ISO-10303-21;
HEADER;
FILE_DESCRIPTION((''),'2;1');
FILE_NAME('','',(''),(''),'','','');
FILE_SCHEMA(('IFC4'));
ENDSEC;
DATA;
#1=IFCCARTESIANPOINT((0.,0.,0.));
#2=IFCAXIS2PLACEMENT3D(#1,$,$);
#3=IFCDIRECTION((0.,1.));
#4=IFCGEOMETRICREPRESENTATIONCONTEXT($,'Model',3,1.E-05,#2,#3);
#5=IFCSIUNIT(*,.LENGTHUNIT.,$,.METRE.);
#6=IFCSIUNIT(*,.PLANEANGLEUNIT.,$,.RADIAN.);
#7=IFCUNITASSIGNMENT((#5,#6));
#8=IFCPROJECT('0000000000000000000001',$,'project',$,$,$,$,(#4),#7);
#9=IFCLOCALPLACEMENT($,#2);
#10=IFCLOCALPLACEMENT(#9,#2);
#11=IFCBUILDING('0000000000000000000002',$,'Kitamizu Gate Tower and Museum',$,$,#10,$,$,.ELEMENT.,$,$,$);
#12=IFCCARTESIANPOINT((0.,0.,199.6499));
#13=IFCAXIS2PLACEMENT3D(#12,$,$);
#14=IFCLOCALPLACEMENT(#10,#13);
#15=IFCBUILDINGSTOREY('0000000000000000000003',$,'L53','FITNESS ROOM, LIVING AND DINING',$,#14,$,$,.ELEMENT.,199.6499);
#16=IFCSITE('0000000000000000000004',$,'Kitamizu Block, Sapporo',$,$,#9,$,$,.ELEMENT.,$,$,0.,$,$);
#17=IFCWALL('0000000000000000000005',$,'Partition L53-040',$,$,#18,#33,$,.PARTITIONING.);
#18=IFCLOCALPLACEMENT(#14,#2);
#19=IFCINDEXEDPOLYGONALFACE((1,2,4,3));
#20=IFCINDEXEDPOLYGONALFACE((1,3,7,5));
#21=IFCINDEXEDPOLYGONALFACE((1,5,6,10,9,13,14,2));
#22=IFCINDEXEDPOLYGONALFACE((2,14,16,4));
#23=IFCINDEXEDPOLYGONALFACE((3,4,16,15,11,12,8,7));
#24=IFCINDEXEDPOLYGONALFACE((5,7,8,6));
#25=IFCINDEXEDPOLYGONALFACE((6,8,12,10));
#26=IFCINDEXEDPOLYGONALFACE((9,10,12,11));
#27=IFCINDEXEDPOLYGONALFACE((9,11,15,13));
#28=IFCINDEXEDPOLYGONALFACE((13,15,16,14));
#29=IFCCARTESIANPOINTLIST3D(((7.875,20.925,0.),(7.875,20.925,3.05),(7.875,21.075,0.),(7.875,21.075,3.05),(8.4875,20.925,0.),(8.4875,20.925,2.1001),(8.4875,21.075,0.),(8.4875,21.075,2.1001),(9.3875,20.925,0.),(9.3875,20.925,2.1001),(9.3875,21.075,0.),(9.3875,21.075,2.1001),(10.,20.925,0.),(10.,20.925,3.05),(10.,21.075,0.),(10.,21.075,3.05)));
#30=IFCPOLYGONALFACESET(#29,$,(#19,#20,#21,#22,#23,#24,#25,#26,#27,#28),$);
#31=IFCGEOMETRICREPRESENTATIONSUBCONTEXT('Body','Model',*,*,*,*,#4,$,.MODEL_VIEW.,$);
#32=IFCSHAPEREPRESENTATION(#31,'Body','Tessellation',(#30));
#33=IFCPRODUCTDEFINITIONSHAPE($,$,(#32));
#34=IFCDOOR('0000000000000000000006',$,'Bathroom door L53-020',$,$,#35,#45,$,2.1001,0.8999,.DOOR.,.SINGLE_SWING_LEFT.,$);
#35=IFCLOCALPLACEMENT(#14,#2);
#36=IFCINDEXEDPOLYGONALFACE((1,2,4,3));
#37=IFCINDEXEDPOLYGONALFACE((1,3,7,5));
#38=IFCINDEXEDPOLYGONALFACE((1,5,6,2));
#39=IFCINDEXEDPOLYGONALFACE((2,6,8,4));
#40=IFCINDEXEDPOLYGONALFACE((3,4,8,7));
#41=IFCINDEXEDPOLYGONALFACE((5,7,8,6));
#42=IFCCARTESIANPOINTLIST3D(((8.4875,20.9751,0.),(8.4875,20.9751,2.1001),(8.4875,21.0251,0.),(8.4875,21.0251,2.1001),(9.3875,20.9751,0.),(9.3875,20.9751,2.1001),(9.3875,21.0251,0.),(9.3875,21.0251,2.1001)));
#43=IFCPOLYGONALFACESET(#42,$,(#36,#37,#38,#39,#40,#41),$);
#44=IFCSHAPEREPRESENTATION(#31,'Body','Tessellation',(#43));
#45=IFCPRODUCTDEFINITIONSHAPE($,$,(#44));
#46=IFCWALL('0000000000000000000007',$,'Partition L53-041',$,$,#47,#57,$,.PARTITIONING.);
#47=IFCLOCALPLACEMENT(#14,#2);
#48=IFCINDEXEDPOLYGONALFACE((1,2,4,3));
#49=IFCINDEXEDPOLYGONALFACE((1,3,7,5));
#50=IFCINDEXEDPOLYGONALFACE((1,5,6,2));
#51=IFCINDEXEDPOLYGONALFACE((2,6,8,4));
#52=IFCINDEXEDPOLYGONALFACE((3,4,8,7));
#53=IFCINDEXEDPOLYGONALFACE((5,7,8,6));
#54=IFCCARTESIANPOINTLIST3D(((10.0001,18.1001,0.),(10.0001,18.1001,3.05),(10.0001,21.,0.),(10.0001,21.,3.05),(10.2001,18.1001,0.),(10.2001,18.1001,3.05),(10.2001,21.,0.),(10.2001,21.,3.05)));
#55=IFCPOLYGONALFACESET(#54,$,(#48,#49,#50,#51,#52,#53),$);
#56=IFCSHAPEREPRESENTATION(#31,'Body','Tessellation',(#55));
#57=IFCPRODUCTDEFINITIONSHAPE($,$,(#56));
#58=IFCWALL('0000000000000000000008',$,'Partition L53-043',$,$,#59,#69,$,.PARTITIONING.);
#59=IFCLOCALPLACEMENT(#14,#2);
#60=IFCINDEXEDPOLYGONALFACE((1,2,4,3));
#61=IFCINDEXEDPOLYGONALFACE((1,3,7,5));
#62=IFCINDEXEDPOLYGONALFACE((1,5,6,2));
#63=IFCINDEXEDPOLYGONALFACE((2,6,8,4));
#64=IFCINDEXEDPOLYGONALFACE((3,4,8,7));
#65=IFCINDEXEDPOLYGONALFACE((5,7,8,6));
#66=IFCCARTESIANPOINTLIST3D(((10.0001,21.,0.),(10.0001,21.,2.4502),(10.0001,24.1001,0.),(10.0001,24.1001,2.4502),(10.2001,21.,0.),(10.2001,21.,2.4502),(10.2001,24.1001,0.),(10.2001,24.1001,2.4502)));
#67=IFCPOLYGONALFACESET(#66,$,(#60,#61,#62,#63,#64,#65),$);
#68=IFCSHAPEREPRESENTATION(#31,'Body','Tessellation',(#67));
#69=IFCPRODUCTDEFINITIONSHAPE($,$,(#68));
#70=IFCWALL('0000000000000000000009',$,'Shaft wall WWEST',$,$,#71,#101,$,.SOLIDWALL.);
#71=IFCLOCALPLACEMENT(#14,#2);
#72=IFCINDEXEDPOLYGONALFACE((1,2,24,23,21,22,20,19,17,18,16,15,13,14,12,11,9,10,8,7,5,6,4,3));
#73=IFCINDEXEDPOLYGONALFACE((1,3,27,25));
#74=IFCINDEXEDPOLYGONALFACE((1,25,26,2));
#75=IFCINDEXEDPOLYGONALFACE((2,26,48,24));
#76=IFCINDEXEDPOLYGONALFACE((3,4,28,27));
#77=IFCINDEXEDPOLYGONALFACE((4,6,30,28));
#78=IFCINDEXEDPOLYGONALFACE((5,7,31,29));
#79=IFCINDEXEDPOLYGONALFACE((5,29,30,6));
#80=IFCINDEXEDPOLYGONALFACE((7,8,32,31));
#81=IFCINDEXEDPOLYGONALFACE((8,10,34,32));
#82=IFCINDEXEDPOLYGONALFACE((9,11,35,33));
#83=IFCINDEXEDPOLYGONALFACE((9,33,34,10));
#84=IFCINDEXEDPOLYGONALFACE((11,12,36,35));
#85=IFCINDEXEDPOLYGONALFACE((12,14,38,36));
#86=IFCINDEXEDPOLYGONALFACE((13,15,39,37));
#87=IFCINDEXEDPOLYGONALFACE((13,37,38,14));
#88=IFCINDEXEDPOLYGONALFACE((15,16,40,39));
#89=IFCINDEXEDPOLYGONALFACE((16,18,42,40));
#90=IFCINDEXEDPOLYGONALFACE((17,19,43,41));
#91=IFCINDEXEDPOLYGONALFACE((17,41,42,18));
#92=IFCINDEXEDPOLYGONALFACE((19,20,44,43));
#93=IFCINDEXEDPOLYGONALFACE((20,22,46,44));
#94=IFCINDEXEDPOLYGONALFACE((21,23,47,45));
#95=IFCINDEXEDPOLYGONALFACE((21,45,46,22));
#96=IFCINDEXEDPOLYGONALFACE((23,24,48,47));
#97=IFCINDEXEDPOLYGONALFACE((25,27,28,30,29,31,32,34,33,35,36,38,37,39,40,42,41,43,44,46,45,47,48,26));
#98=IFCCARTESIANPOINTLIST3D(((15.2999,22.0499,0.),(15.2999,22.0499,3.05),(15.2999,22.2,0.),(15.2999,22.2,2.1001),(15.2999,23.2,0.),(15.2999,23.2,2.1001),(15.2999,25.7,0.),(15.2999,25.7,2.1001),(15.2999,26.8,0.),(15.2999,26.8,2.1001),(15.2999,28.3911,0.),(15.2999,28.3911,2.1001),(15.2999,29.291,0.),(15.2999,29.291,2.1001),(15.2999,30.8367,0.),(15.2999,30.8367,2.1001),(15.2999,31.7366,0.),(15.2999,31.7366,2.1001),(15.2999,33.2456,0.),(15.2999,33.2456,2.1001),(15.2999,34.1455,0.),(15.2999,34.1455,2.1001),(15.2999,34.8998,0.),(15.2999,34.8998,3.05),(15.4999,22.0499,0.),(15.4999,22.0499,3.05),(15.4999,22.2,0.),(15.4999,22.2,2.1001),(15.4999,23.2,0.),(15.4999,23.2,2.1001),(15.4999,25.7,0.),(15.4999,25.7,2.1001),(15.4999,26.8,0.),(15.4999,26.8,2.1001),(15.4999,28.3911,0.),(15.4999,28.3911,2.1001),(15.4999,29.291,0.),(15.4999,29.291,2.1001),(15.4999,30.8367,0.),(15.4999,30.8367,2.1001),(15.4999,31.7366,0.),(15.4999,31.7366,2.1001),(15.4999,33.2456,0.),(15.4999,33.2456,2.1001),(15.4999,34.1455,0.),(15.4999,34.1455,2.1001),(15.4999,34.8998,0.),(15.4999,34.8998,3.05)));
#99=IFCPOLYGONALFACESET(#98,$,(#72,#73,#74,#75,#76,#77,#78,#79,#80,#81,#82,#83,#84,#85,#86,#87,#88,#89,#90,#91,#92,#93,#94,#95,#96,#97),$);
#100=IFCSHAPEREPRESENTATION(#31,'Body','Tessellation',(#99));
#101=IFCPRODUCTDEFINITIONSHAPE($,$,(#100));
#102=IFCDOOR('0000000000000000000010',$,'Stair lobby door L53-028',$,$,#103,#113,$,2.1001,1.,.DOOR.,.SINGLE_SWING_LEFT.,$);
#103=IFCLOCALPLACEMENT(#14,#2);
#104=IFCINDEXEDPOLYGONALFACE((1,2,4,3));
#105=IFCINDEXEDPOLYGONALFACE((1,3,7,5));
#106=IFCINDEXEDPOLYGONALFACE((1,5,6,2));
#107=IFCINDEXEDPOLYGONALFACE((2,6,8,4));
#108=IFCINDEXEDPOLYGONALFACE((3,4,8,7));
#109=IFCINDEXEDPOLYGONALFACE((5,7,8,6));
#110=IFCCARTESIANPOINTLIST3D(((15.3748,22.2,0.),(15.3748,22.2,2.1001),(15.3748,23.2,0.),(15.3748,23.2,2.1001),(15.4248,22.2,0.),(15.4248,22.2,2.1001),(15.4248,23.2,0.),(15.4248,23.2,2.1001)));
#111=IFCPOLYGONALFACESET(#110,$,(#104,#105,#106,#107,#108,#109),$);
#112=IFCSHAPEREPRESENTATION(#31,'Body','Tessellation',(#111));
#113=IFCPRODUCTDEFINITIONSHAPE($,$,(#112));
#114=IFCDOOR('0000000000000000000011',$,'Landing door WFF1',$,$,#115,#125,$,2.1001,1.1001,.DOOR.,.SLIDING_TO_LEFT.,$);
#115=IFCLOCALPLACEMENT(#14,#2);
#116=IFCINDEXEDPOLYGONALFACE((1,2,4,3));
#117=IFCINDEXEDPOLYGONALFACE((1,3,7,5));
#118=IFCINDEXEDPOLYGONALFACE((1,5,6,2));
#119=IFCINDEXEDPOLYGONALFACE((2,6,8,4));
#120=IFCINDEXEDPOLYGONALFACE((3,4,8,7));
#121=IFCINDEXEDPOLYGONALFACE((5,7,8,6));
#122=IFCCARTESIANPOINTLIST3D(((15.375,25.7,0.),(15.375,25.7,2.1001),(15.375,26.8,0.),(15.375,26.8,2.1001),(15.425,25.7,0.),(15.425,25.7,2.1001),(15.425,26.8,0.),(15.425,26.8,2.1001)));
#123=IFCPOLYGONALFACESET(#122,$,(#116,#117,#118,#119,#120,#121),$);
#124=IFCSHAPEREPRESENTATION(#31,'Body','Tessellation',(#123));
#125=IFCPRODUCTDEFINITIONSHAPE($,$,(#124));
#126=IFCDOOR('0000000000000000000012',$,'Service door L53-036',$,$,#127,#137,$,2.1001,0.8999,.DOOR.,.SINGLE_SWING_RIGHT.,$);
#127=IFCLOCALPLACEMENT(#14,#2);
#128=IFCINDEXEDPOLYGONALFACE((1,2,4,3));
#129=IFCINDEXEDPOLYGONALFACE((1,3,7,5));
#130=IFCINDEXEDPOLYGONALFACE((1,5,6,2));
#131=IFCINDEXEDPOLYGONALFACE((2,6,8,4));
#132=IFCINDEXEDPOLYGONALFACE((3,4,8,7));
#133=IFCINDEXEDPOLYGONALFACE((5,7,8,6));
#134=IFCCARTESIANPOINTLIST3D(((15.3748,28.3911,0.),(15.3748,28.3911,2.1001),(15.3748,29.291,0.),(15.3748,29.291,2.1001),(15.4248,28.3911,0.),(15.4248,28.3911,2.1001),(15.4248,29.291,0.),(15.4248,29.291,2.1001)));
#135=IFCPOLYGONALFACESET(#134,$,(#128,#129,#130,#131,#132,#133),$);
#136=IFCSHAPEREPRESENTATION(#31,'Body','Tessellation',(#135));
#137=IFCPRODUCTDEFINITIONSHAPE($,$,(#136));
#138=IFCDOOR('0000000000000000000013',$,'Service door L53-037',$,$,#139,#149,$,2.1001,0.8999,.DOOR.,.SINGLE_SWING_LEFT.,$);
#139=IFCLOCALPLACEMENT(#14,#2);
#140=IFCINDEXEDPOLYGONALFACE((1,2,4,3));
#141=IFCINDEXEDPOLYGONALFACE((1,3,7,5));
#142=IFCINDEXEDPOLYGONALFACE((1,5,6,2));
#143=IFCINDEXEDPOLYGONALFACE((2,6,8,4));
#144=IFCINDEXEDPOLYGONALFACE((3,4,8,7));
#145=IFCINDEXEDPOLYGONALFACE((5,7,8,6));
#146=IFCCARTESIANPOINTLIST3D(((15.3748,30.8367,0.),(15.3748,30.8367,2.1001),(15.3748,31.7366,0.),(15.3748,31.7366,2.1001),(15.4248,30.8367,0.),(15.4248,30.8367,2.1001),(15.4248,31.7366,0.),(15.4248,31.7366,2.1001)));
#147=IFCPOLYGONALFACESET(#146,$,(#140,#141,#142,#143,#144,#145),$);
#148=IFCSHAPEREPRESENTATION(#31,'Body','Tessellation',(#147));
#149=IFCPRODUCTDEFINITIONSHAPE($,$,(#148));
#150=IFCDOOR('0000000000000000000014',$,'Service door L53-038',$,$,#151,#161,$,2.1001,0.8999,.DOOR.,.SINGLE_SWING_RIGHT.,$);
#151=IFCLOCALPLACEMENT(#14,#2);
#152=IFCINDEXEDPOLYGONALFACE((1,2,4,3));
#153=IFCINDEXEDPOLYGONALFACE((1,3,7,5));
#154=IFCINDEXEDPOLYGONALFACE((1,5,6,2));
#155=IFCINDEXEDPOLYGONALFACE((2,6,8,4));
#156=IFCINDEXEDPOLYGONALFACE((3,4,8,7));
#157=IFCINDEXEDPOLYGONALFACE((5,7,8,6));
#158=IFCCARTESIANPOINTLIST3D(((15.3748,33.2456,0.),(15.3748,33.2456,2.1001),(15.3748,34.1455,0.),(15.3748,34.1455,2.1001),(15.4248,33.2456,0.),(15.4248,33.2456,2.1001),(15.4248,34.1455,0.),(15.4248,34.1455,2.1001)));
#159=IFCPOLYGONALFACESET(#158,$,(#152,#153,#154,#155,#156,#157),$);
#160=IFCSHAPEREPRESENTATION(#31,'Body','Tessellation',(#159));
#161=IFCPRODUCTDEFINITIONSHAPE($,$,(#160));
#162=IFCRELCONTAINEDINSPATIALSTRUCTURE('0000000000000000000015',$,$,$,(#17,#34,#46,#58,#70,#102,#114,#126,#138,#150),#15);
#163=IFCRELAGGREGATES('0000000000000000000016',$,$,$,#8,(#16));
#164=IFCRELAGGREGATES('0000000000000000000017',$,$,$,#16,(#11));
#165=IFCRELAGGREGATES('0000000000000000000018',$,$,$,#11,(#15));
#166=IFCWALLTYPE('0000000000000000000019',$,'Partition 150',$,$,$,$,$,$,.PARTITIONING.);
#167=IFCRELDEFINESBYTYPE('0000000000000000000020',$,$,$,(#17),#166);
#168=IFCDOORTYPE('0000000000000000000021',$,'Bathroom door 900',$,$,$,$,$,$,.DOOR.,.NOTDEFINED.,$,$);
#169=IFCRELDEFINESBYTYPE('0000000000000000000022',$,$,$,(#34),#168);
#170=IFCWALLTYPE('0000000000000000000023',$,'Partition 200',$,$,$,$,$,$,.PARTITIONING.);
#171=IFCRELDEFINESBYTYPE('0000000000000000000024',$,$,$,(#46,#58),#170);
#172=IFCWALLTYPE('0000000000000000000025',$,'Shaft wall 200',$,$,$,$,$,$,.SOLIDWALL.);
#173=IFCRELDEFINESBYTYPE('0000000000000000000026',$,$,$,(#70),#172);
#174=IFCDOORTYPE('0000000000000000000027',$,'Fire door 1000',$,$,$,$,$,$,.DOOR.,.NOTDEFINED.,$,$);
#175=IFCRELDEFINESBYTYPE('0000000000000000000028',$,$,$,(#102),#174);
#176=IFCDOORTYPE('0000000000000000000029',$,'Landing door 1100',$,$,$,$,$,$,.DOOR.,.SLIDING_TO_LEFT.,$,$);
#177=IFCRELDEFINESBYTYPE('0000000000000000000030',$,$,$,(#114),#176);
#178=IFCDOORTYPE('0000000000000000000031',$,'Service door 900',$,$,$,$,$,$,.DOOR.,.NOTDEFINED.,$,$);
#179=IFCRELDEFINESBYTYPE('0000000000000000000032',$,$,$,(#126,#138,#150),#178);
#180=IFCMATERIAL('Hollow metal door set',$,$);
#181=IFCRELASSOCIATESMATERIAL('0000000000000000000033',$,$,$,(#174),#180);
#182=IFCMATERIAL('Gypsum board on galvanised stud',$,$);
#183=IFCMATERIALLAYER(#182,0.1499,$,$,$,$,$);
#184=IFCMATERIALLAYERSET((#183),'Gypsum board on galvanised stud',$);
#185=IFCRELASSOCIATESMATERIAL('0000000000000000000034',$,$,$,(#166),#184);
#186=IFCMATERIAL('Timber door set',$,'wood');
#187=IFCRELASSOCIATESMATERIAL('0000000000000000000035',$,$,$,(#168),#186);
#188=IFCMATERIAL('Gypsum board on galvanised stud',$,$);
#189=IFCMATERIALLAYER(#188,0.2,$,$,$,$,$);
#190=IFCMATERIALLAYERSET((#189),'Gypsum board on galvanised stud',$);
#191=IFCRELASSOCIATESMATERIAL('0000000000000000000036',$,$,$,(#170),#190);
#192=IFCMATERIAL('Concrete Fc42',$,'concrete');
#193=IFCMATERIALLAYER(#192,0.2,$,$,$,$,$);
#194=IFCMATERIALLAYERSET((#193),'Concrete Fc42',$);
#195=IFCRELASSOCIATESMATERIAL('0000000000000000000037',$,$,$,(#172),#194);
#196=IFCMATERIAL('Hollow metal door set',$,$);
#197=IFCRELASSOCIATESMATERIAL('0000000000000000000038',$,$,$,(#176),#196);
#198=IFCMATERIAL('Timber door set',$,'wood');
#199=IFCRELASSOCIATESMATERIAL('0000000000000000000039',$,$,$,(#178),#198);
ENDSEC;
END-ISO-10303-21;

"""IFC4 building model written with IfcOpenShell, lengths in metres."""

from ifc_helpers import new_model, si_unit, direction, frame, frame_2d, origin, place, context, subcontext, project, spatial, rectangle, extrude, material, layer, layer_set, type_object, element, fill, save


model = new_model("IFC4")

# Units and contexts
model_context = context("Model", 3, precision=1e-05, world=origin(), true_north=direction((0.0, 1.0)))
body_context = subcontext(model_context, "Body", "Model", "MODEL_VIEW")
ifc_project = project(units=[si_unit("LENGTHUNIT", "METRE"), si_unit("PLANEANGLEUNIT", "RADIAN")], contexts=[model_context])

# Site, building, storey
site_placement = place(None, origin())
site = spatial("IfcSite", under=ifc_project, at=site_placement, Name="Kitamizu Block, Sapporo", CompositionType="ELEMENT", RefElevation=0.0)
building_placement = place(site_placement, origin())
building = spatial("IfcBuilding", under=site, at=building_placement, Name="Kitamizu Gate Tower and Museum", CompositionType="ELEMENT")
storey_placement = place(building_placement, frame((0.0, 0.0, 199.6499)))
storey = spatial("IfcBuildingStorey", under=building, at=storey_placement, Name="L53", Description="FITNESS ROOM, LIVING AND DINING", CompositionType="ELEMENT", Elevation=199.6499)

# Shared definitions
ifc_material_1 = material(Name="Hollow metal door set")
door_type_1 = type_object("IfcDoorType", Name="Fire door 1000", OperationType="NOTDEFINED", PredefinedType="DOOR", material=ifc_material_1)

# Shared definitions
ifc_material_2 = material(Name="Gypsum board on galvanised stud")
ifc_layer_1 = layer(ifc_material_2, 0.1499)
ifc_layer_set_1 = layer_set([ifc_layer_1], Name="Gypsum board on galvanised stud")
wall_type_1 = type_object("IfcWallType", Name="Partition 150", PredefinedType="PARTITIONING", material=ifc_layer_set_1)

# Wall, opening, door
wall_1_placement = place(storey_placement, frame((10.0, 21.0, 0.0), z_axis=(0.0, 0.0, 1.0), x_axis=(-1.0, 0.0, 0.0)))
wall_1 = element("IfcWall", 1, at=wall_1_placement, inside=storey, type_object=wall_type_1, Name="Partition L53-040", PredefinedType="PARTITIONING", context=body_context, shape_type="SweptSolid", body=[
    extrude(rectangle(XDim=2.125, YDim=0.1499, at=frame_2d((1.0625, 0.0))), origin(), (0.0, 0.0, 1.0), 3.05),
])
opening_1_placement = place(wall_1_placement, frame((0.6125, 0.0, 0.0)))
opening_1 = element("IfcOpeningElement", 2, at=opening_1_placement, cuts=wall_1, PredefinedType="OPENING", context=body_context, shape_type="SweptSolid", body=[
    extrude(rectangle(XDim=0.8999, YDim=2.1001, at=frame_2d((0.45, 1.05))), frame((0.0, 0.085, 0.0), z_axis=(0.0, -1.0, 0.0), x_axis=(1.0, 0.0, 0.0)), (0.0, 0.0, 1.0), 0.1699),
])
ifc_material_3 = material(Name="Timber door set", Category="wood")
door_type_2 = type_object("IfcDoorType", Name="Bathroom door 900", OperationType="NOTDEFINED", PredefinedType="DOOR", material=ifc_material_3)
door_1_placement = place(opening_1_placement, origin())
door_1 = element("IfcDoor", 3, at=door_1_placement, inside=storey, type_object=door_type_2, Name="Bathroom door L53-020", OperationType="SINGLE_SWING_LEFT", OverallHeight=2.1001, OverallWidth=0.8999, PredefinedType="DOOR", context=body_context, shape_type="SweptSolid", body=[
    extrude(rectangle(XDim=0.8999, YDim=2.1001, at=frame_2d((0.45, 1.05))), frame((0.0, 0.0249, 0.0), z_axis=(0.0, -1.0, 0.0), x_axis=(1.0, 0.0, 0.0)), (0.0, 0.0, 1.0), 0.05),
])
fill(opening_1, door_1)

# Walls
ifc_material_4 = material(Name="Gypsum board on galvanised stud")
ifc_layer_2 = layer(ifc_material_4, 0.2)
ifc_layer_set_2 = layer_set([ifc_layer_2], Name="Gypsum board on galvanised stud")
wall_type_2 = type_object("IfcWallType", Name="Partition 200", PredefinedType="PARTITIONING", material=ifc_layer_set_2)
wall_2_placement = place(storey_placement, frame((10.1001, 18.1001, 0.0), z_axis=(0.0, 0.0, 1.0), x_axis=(0.0, 1.0, 0.0)))
element("IfcWall", 4, at=wall_2_placement, inside=storey, type_object=wall_type_2, Name="Partition L53-041", PredefinedType="PARTITIONING", context=body_context, shape_type="SweptSolid", body=[
    extrude(rectangle(XDim=2.8999, YDim=0.2, at=frame_2d((1.45, 0.0))), origin(), (0.0, 0.0, 1.0), 3.05),
])
wall_3_placement = place(storey_placement, frame((10.1001, 21.0, 0.0), z_axis=(0.0, 0.0, 1.0), x_axis=(0.0, 1.0, 0.0)))
element("IfcWall", 5, at=wall_3_placement, inside=storey, type_object=wall_type_2, Name="Partition L53-043", PredefinedType="PARTITIONING", context=body_context, shape_type="SweptSolid", body=[
    extrude(rectangle(XDim=3.1001, YDim=0.2, at=frame_2d((1.55, 0.0))), origin(), (0.0, 0.0, 1.0), 2.4502),
])

# Wall, openings, doors
ifc_material_5 = material(Name="Concrete Fc42", Category="concrete")
ifc_layer_3 = layer(ifc_material_5, 0.2)
ifc_layer_set_3 = layer_set([ifc_layer_3], Name="Concrete Fc42")
wall_type_3 = type_object("IfcWallType", Name="Shaft wall 200", PredefinedType="SOLIDWALL", material=ifc_layer_set_3)
wall_4_placement = place(storey_placement, frame((15.3999, 22.05, 0.0), z_axis=(0.0, 0.0, 1.0), x_axis=(0.0, 1.0, 0.0)))
wall_4 = element("IfcWall", 6, at=wall_4_placement, inside=storey, type_object=wall_type_3, Name="Shaft wall WWEST", PredefinedType="SOLIDWALL", context=body_context, shape_type="SweptSolid", body=[
    extrude(rectangle(XDim=12.8499, YDim=0.2, at=frame_2d((6.4248, 0.0))), origin(), (0.0, 0.0, 1.0), 3.05),
])
opening_2_placement = place(wall_4_placement, frame((3.6499, 0.0, 0.0)))
opening_2 = element("IfcOpeningElement", 7, at=opening_2_placement, cuts=wall_4, PredefinedType="OPENING", context=body_context, shape_type="SweptSolid", body=[
    extrude(rectangle(XDim=1.1001, YDim=2.1001, at=frame_2d((0.55, 1.05))), frame((0.0, 0.1099, 0.0), z_axis=(0.0, -1.0, 0.0), x_axis=(1.0, 0.0, 0.0)), (0.0, 0.0, 1.0), 0.22),
])
opening_3_placement = place(wall_4_placement, frame((0.1499, 0.0, 0.0)))
opening_3 = element("IfcOpeningElement", 8, at=opening_3_placement, cuts=wall_4, PredefinedType="OPENING", context=body_context, shape_type="SweptSolid", body=[
    extrude(rectangle(XDim=1.0, YDim=2.1001, at=frame_2d((0.5, 1.05))), frame((0.0, 0.1099, 0.0), z_axis=(0.0, -1.0, 0.0), x_axis=(1.0, 0.0, 0.0)), (0.0, 0.0, 1.0), 0.22),
])
opening_4_placement = place(wall_4_placement, frame((6.3411, 0.0, 0.0)))
opening_4 = element("IfcOpeningElement", 9, at=opening_4_placement, cuts=wall_4, PredefinedType="OPENING", context=body_context, shape_type="SweptSolid", body=[
    extrude(rectangle(XDim=0.8999, YDim=2.1001, at=frame_2d((0.45, 1.05))), frame((0.0, 0.1099, 0.0), z_axis=(0.0, -1.0, 0.0), x_axis=(1.0, 0.0, 0.0)), (0.0, 0.0, 1.0), 0.22),
])
opening_5_placement = place(wall_4_placement, frame((8.7866, 0.0, 0.0)))
opening_5 = element("IfcOpeningElement", 10, at=opening_5_placement, cuts=wall_4, PredefinedType="OPENING", context=body_context, shape_type="SweptSolid", body=[
    extrude(rectangle(XDim=0.8999, YDim=2.1001, at=frame_2d((0.45, 1.05))), frame((0.0, 0.1099, 0.0), z_axis=(0.0, -1.0, 0.0), x_axis=(1.0, 0.0, 0.0)), (0.0, 0.0, 1.0), 0.22),
])
opening_6_placement = place(wall_4_placement, frame((11.1956, 0.0, 0.0)))
opening_6 = element("IfcOpeningElement", 11, at=opening_6_placement, cuts=wall_4, PredefinedType="OPENING", context=body_context, shape_type="SweptSolid", body=[
    extrude(rectangle(XDim=0.8999, YDim=2.1001, at=frame_2d((0.45, 1.05))), frame((0.0, 0.1099, 0.0), z_axis=(0.0, -1.0, 0.0), x_axis=(1.0, 0.0, 0.0)), (0.0, 0.0, 1.0), 0.22),
])
door_2_placement = place(opening_3_placement, frame((1.0, 0.0, 0.0), x_axis=(-1.0, 0.0, 0.0)))
door_2 = element("IfcDoor", 12, at=door_2_placement, inside=storey, type_object=door_type_1, Name="Stair lobby door L53-028", OperationType="SINGLE_SWING_LEFT", OverallHeight=2.1001, OverallWidth=1.0, PredefinedType="DOOR", context=body_context, shape_type="SweptSolid", body=[
    extrude(rectangle(XDim=1.0, YDim=2.1001, at=frame_2d((0.5, 1.05))), frame((0.0, 0.0249, 0.0), z_axis=(0.0, -1.0, 0.0), x_axis=(1.0, 0.0, 0.0)), (0.0, 0.0, 1.0), 0.05),
])
fill(opening_3, door_2)
ifc_material_6 = material(Name="Hollow metal door set")
door_type_3 = type_object("IfcDoorType", Name="Landing door 1100", OperationType="SLIDING_TO_LEFT", PredefinedType="DOOR", material=ifc_material_6)
door_3_placement = place(opening_2_placement, origin())
door_3 = element("IfcDoor", 13, at=door_3_placement, inside=storey, type_object=door_type_3, Name="Landing door WFF1", OperationType="SLIDING_TO_LEFT", OverallHeight=2.1001, OverallWidth=1.1001, PredefinedType="DOOR", context=body_context, shape_type="SweptSolid", body=[
    extrude(rectangle(XDim=1.1001, YDim=2.1001, at=frame_2d((0.55, 1.05))), frame((0.0, 0.0249, 0.0), z_axis=(0.0, -1.0, 0.0), x_axis=(1.0, 0.0, 0.0)), (0.0, 0.0, 1.0), 0.05),
])
fill(opening_2, door_3)
ifc_material_7 = material(Name="Timber door set", Category="wood")
door_type_4 = type_object("IfcDoorType", Name="Service door 900", OperationType="NOTDEFINED", PredefinedType="DOOR", material=ifc_material_7)
door_4_placement = place(opening_4_placement, frame((0.8999, 0.0, 0.0), x_axis=(-1.0, 0.0, 0.0)))
door_4 = element("IfcDoor", 14, at=door_4_placement, inside=storey, type_object=door_type_4, Name="Service door L53-036", OperationType="SINGLE_SWING_RIGHT", OverallHeight=2.1001, OverallWidth=0.8999, PredefinedType="DOOR", context=body_context, shape_type="SweptSolid", body=[
    extrude(rectangle(XDim=0.8999, YDim=2.1001, at=frame_2d((0.45, 1.05))), frame((0.0, 0.0249, 0.0), z_axis=(0.0, -1.0, 0.0), x_axis=(1.0, 0.0, 0.0)), (0.0, 0.0, 1.0), 0.05),
])
fill(opening_4, door_4)
door_5_placement = place(opening_5_placement, frame((0.8999, 0.0, 0.0), x_axis=(-1.0, 0.0, 0.0)))
door_5 = element("IfcDoor", 15, at=door_5_placement, inside=storey, type_object=door_type_4, Name="Service door L53-037", OperationType="SINGLE_SWING_LEFT", OverallHeight=2.1001, OverallWidth=0.8999, PredefinedType="DOOR", context=body_context, shape_type="SweptSolid", body=[
    extrude(rectangle(XDim=0.8999, YDim=2.1001, at=frame_2d((0.45, 1.05))), frame((0.0, 0.0249, 0.0), z_axis=(0.0, -1.0, 0.0), x_axis=(1.0, 0.0, 0.0)), (0.0, 0.0, 1.0), 0.05),
])
fill(opening_5, door_5)
door_6_placement = place(opening_6_placement, frame((0.8999, 0.0, 0.0), x_axis=(-1.0, 0.0, 0.0)))
door_6 = element("IfcDoor", 16, at=door_6_placement, inside=storey, type_object=door_type_4, Name="Service door L53-038", OperationType="SINGLE_SWING_RIGHT", OverallHeight=2.1001, OverallWidth=0.8999, PredefinedType="DOOR", context=body_context, shape_type="SweptSolid", body=[
    extrude(rectangle(XDim=0.8999, YDim=2.1001, at=frame_2d((0.45, 1.05))), frame((0.0, 0.0249, 0.0), z_axis=(0.0, -1.0, 0.0), x_axis=(1.0, 0.0, 0.0)), (0.0, 0.0, 1.0), 0.05),
])
fill(opening_6, door_6)

save(model, "model.ifc")
